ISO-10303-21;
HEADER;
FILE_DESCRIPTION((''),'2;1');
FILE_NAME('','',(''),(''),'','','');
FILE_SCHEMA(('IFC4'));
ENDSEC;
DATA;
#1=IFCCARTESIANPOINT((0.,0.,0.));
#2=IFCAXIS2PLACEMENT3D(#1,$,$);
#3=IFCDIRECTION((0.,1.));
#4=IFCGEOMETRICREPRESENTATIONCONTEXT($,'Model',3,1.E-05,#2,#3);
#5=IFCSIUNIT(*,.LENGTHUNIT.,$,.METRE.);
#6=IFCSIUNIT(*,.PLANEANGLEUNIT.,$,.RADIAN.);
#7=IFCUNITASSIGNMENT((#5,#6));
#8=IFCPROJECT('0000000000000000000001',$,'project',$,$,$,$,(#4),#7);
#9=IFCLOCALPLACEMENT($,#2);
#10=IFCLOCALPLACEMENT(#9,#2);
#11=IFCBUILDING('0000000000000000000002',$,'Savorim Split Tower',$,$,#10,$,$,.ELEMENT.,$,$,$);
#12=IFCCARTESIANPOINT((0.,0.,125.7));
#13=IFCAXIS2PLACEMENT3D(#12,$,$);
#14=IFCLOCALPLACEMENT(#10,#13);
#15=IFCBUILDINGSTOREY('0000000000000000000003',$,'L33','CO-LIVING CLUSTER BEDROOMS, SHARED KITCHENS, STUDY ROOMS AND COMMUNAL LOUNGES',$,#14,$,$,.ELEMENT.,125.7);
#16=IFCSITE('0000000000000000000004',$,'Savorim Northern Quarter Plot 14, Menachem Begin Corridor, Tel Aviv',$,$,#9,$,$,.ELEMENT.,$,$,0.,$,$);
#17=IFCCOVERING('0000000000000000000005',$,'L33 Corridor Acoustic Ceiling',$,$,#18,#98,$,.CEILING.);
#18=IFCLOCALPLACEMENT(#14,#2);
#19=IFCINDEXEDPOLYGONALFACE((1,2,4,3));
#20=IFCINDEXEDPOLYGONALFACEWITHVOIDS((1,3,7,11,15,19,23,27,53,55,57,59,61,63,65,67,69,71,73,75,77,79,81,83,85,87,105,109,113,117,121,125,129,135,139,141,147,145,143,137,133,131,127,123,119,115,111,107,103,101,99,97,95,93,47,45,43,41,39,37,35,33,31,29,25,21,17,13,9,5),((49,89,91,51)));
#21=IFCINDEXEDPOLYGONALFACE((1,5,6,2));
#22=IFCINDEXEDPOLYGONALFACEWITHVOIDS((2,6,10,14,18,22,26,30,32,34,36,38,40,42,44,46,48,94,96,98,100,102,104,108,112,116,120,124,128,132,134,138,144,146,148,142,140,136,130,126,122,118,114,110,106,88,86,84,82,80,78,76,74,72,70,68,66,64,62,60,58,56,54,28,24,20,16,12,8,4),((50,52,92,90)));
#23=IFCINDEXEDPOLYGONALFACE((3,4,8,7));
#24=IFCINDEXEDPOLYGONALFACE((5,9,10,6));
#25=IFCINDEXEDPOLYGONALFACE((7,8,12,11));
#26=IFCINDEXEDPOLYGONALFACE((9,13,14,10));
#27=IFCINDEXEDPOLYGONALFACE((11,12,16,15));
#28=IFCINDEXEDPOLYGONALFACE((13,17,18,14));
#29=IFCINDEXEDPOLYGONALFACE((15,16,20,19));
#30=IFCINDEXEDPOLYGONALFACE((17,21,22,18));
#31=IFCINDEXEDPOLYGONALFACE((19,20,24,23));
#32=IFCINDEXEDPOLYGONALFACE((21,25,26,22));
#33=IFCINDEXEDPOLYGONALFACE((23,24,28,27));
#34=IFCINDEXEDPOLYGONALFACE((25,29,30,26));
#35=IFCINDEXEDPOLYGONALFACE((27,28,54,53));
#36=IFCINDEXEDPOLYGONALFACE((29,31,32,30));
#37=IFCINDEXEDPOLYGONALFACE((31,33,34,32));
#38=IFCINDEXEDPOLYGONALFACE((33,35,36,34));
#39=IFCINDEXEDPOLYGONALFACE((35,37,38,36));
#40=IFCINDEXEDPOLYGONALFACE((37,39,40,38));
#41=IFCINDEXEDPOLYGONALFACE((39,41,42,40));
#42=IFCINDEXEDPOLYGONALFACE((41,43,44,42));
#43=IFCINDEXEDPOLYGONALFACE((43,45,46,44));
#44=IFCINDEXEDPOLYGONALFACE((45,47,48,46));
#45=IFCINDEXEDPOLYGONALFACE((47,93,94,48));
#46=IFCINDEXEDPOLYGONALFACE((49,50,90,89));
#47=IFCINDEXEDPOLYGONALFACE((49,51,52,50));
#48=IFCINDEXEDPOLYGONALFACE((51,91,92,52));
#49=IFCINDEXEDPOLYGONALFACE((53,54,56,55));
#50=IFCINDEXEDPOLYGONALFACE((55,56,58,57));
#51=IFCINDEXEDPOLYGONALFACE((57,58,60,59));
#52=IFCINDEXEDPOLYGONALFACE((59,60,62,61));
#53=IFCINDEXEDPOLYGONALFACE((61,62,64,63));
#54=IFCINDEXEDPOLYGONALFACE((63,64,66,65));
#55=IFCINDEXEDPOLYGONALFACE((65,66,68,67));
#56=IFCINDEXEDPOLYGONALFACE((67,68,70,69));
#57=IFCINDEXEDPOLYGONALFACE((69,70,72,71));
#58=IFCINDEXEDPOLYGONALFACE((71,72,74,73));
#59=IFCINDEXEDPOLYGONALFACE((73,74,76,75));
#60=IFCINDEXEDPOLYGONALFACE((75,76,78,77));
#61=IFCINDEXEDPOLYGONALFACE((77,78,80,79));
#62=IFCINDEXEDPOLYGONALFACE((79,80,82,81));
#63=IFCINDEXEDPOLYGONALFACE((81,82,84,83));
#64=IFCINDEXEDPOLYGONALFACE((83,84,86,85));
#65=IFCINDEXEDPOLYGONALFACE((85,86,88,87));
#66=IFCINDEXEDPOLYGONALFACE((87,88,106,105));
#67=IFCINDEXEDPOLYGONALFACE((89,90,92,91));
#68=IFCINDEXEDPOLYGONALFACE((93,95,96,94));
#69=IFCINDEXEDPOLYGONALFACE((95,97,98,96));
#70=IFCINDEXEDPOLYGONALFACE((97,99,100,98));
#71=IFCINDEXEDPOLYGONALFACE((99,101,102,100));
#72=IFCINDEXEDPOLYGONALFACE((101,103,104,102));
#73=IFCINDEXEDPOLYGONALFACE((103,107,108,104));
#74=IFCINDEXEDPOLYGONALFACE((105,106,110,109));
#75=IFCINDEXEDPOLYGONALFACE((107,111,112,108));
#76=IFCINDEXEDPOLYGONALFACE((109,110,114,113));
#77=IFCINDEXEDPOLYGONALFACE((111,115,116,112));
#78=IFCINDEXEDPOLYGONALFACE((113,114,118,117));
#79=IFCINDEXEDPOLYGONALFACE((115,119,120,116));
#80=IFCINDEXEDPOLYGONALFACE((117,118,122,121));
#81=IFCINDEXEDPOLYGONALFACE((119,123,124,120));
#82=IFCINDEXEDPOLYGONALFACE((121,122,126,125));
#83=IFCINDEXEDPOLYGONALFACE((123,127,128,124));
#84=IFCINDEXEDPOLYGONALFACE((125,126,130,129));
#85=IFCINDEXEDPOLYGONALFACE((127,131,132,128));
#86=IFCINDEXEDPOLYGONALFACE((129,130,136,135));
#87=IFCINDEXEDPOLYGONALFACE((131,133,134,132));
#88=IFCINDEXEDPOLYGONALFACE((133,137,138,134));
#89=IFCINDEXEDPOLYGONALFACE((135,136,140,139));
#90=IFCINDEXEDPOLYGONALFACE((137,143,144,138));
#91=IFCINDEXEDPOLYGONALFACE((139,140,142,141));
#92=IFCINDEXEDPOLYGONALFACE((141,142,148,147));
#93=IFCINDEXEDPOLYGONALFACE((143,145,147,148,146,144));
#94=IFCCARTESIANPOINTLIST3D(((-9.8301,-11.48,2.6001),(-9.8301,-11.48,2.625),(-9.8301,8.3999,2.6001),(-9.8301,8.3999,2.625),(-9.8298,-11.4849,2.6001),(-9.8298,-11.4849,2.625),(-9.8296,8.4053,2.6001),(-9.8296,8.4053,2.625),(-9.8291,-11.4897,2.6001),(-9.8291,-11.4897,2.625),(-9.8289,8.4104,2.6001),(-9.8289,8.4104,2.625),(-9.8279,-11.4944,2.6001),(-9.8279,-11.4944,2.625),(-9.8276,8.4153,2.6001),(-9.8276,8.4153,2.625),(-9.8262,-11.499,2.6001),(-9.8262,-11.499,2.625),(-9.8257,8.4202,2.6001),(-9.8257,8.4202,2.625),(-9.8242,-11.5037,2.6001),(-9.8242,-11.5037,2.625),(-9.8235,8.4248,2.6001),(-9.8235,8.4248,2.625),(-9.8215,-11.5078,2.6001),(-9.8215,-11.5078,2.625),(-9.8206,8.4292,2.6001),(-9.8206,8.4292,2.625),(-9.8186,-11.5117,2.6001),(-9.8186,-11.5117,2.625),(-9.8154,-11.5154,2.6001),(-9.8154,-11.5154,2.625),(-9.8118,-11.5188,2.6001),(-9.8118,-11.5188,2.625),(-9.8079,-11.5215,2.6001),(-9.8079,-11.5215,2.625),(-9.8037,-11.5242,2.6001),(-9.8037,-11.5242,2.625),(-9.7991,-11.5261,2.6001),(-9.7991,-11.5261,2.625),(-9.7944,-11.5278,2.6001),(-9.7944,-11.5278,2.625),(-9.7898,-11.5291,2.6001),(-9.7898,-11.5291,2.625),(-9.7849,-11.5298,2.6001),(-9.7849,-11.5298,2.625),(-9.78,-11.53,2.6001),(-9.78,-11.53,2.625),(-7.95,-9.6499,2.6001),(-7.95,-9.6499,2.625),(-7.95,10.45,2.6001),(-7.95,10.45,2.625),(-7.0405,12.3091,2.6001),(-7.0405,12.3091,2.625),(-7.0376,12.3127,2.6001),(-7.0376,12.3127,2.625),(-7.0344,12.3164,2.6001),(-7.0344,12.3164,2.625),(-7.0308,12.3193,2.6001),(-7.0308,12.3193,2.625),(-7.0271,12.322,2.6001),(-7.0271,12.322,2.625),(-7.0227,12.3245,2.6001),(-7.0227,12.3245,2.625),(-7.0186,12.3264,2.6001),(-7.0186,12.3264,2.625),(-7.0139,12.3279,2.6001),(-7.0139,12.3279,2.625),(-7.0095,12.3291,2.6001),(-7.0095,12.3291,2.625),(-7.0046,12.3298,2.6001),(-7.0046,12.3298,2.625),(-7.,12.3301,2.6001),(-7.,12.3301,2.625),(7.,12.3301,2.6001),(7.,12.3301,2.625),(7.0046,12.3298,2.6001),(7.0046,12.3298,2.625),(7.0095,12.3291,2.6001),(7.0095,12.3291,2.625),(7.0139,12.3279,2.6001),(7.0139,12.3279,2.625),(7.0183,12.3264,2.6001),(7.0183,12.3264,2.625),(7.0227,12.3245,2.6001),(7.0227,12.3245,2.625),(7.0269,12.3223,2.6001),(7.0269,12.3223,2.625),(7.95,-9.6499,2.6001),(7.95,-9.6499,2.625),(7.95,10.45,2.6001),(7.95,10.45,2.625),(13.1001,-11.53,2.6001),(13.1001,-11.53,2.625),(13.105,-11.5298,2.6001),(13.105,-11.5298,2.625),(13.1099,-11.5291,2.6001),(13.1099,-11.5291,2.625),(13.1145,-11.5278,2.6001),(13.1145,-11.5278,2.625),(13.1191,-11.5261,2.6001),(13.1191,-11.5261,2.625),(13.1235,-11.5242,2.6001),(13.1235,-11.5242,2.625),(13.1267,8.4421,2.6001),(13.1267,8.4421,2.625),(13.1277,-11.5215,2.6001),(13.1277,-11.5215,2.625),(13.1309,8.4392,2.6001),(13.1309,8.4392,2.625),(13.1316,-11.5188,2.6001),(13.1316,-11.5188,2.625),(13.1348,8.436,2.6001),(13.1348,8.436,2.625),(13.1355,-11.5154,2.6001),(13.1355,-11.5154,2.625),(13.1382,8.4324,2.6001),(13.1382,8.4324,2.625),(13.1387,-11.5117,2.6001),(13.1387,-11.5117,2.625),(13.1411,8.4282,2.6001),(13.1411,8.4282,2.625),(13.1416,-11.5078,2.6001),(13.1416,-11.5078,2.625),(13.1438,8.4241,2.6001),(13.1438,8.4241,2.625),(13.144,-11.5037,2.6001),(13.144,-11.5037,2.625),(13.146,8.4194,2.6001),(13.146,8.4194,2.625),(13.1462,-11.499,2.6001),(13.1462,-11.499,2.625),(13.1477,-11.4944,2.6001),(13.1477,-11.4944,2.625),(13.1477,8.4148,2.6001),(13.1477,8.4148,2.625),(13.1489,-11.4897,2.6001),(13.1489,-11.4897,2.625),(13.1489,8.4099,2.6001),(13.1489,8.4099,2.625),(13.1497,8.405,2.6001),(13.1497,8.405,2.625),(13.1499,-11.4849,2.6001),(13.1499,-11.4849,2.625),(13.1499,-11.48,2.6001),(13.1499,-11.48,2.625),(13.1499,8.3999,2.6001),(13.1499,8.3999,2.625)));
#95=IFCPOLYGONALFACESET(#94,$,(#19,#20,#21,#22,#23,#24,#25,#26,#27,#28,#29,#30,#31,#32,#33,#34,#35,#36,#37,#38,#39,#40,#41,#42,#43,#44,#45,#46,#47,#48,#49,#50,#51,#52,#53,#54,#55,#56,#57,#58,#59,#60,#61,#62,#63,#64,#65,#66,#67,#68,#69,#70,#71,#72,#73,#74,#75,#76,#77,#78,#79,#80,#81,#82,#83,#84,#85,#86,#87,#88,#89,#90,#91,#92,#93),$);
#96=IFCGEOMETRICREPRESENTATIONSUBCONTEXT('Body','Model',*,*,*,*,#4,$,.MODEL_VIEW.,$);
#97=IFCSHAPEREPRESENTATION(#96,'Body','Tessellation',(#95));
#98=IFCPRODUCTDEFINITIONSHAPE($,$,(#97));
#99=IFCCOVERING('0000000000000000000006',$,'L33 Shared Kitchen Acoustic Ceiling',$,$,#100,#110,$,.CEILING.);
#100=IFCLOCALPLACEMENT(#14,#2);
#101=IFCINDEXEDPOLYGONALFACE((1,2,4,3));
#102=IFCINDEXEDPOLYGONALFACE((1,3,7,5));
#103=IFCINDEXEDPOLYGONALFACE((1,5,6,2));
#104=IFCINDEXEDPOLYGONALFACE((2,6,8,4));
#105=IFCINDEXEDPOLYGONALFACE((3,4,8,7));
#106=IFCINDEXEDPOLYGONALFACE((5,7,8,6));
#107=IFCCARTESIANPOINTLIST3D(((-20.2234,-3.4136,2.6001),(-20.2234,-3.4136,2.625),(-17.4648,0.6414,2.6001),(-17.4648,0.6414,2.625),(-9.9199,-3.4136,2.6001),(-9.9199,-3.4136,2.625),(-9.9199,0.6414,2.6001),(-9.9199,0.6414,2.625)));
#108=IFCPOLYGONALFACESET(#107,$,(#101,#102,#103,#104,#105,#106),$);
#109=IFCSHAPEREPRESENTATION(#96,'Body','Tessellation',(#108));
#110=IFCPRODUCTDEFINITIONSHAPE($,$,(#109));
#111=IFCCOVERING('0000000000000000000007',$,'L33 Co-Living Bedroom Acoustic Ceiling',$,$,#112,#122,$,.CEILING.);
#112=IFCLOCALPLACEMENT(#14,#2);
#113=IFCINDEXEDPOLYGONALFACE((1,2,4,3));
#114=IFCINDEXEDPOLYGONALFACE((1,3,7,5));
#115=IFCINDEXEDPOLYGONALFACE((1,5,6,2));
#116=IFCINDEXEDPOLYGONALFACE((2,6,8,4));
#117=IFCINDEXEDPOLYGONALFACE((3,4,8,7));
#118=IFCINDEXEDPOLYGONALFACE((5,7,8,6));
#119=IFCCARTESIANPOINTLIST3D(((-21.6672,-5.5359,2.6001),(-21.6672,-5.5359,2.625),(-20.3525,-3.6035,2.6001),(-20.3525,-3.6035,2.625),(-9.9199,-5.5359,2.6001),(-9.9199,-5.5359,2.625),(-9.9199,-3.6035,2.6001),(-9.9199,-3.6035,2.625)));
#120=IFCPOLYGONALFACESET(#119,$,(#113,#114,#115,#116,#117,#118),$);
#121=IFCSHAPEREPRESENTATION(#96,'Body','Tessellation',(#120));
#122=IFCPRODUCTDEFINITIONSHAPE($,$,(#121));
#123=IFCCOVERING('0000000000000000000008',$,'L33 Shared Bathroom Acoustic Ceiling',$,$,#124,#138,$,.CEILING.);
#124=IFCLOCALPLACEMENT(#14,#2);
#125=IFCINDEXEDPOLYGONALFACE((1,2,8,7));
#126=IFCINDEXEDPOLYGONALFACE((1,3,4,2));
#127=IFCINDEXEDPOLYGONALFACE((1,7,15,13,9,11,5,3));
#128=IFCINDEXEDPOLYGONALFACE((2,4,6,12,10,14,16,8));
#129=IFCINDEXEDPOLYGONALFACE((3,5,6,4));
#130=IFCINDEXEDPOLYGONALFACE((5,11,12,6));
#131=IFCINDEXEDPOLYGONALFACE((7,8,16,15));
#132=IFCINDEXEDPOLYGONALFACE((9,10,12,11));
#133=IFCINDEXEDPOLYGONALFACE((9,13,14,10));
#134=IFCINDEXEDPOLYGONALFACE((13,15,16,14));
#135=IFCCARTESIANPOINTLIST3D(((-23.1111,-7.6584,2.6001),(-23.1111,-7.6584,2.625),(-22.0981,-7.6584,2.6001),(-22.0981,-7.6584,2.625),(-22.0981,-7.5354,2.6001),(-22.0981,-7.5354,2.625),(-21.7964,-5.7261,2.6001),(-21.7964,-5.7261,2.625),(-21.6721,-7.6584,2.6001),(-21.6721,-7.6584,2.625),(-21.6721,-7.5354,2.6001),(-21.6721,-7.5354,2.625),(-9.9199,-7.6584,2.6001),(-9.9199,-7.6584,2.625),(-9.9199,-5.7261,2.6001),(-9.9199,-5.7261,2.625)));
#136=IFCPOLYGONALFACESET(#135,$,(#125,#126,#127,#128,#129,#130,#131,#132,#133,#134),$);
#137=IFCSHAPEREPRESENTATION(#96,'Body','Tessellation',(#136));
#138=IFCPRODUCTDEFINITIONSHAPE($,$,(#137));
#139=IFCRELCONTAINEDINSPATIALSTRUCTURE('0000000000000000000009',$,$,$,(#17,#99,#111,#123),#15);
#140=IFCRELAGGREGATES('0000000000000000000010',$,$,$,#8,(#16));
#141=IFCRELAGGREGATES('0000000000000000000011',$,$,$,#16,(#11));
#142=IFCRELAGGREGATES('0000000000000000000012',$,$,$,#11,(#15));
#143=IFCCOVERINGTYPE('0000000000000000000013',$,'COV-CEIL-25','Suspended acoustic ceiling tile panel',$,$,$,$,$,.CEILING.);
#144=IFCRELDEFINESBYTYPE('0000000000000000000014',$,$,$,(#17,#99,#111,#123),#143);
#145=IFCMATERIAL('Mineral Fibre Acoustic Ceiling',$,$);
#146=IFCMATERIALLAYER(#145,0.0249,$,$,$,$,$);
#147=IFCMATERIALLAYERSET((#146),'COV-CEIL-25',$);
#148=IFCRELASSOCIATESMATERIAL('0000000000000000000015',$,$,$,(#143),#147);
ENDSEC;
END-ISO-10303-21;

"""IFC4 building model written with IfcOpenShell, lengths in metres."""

from ifc_helpers import new_model, si_unit, direction, frame, origin, place, context, subcontext, project, spatial, polyline, outline, extrude, material, layer, layer_set, type_object, element, save


model = new_model("IFC4")

# Units and contexts
model_context = context("Model", 3, precision=1e-05, world=origin(), true_north=direction((0.0, 1.0)))
body_context = subcontext(model_context, "Body", "Model", "MODEL_VIEW")
ifc_project = project(units=[si_unit("LENGTHUNIT", "METRE"), si_unit("PLANEANGLEUNIT", "RADIAN")], contexts=[model_context])

# Site, building, storey
site_placement = place(None, origin())
site = spatial("IfcSite", under=ifc_project, at=site_placement, Name="Savorim Northern Quarter Plot 14, Menachem Begin Corridor, Tel Aviv", CompositionType="ELEMENT", RefElevation=0.0)
building_placement = place(site_placement, origin())
building = spatial("IfcBuilding", under=site, at=building_placement, Name="Savorim Split Tower", CompositionType="ELEMENT")
storey_placement = place(building_placement, frame((0.0, 0.0, 125.7)))
storey = spatial("IfcBuildingStorey", under=building, at=storey_placement, Name="L33", Description="CO-LIVING CLUSTER BEDROOMS, SHARED KITCHENS, STUDY ROOMS AND COMMUNAL LOUNGES", CompositionType="ELEMENT", Elevation=125.7)

# Coverings
ifc_material_1 = material(Name="Mineral Fibre Acoustic Ceiling")
ifc_layer_1 = layer(ifc_material_1, 0.0249)
ifc_layer_set_1 = layer_set([ifc_layer_1], Name="COV-CEIL-25")
covering_type_1 = type_object("IfcCoveringType", Name="COV-CEIL-25", Description="Suspended acoustic ceiling tile panel", PredefinedType="CEILING", material=ifc_layer_set_1)
covering_1_placement = place(storey_placement, frame((0.0, 0.0, 2.6001)))
element("IfcCovering", 1, at=covering_1_placement, inside=storey, type_object=covering_type_1, Name="L33 Corridor Acoustic Ceiling", PredefinedType="CEILING", context=body_context, shape_type="SweptSolid", body=[
    extrude(outline(polyline([(7.0095, 12.3291), (7.0046, 12.3298), (7.0, 12.3301), (-7.0, 12.3301), (-7.0046, 12.3298), (-7.0095, 12.3291), (-7.0139, 12.3279), (-7.0186, 12.3264), (-7.0227, 12.3245), (-7.0271, 12.322), (-7.0308, 12.3193), (-7.0344, 12.3164), (-7.0376, 12.3127), (-7.0405, 12.3091), (-9.8206, 8.4292), (-9.8235, 8.4248), (-9.8257, 8.4202), (-9.8276, 8.4153), (-9.8289, 8.4104), (-9.8296, 8.4053), (-9.8301, 8.3999), (-9.8301, -11.48), (-9.8298, -11.4849), (-9.8291, -11.4897), (-9.8279, -11.4944), (-9.8262, -11.499), (-9.8242, -11.5037), (-9.8215, -11.5078), (-9.8186, -11.5117), (-9.8154, -11.5154), (-9.8118, -11.5188), (-9.8079, -11.5215), (-9.8037, -11.5242), (-9.7991, -11.5261), (-9.7944, -11.5278), (-9.7898, -11.5291), (-9.7849, -11.5298), (-9.78, -11.53), (13.1001, -11.53), (13.105, -11.5298), (13.1099, -11.5291), (13.1145, -11.5278), (13.1191, -11.5261), (13.1235, -11.5242), (13.1277, -11.5215), (13.1316, -11.5188), (13.1355, -11.5154), (13.1387, -11.5117), (13.1416, -11.5078), (13.144, -11.5037), (13.1462, -11.499), (13.1477, -11.4944), (13.1489, -11.4897), (13.1499, -11.4849), (13.1499, -11.48), (13.1499, 8.3999), (13.1497, 8.405), (13.1489, 8.4099), (13.1477, 8.4148), (13.146, 8.4194), (13.1438, 8.4241), (13.1411, 8.4282), (13.1382, 8.4324), (13.1348, 8.436), (13.1309, 8.4392), (13.1267, 8.4421), (7.0269, 12.3223), (7.0227, 12.3245), (7.0183, 12.3264), (7.0139, 12.3279), (7.0095, 12.3291)]), holes=[polyline([(-7.95, 10.45), (-7.95, -9.6499), (7.95, -9.6499), (7.95, 10.45), (-7.95, 10.45)])]), origin(), (0.0, 0.0, 1.0), 0.0249),
])
covering_2_placement = place(storey_placement, frame((0.0, 0.0, 2.6001)))
element("IfcCovering", 2, at=covering_2_placement, inside=storey, type_object=covering_type_1, Name="L33 Shared Kitchen Acoustic Ceiling", PredefinedType="CEILING", context=body_context, shape_type="SweptSolid", body=[
    extrude(outline(polyline([(-17.4648, 0.6414), (-20.2234, -3.4136), (-9.9199, -3.4136), (-9.9199, 0.6414), (-17.4648, 0.6414)])), origin(), (0.0, 0.0, 1.0), 0.0249),
])
covering_3_placement = place(storey_placement, frame((0.0, 0.0, 2.6001)))
element("IfcCovering", 3, at=covering_3_placement, inside=storey, type_object=covering_type_1, Name="L33 Co-Living Bedroom Acoustic Ceiling", PredefinedType="CEILING", context=body_context, shape_type="SweptSolid", body=[
    extrude(outline(polyline([(-20.3525, -3.6035), (-21.6672, -5.5359), (-9.9199, -5.5359), (-9.9199, -3.6035), (-20.3525, -3.6035)])), origin(), (0.0, 0.0, 1.0), 0.0249),
])
covering_4_placement = place(storey_placement, frame((0.0, 0.0, 2.6001)))
element("IfcCovering", 4, at=covering_4_placement, inside=storey, type_object=covering_type_1, Name="L33 Shared Bathroom Acoustic Ceiling", PredefinedType="CEILING", context=body_context, shape_type="SweptSolid", body=[
    extrude(outline(polyline([(-21.6721, -7.5354), (-21.6721, -7.6584), (-9.9199, -7.6584), (-9.9199, -5.7261), (-21.7964, -5.7261), (-23.1111, -7.6584), (-22.0981, -7.6584), (-22.0981, -7.5354), (-21.6721, -7.5354)])), origin(), (0.0, 0.0, 1.0), 0.0249),
])

save(model, "model.ifc")
